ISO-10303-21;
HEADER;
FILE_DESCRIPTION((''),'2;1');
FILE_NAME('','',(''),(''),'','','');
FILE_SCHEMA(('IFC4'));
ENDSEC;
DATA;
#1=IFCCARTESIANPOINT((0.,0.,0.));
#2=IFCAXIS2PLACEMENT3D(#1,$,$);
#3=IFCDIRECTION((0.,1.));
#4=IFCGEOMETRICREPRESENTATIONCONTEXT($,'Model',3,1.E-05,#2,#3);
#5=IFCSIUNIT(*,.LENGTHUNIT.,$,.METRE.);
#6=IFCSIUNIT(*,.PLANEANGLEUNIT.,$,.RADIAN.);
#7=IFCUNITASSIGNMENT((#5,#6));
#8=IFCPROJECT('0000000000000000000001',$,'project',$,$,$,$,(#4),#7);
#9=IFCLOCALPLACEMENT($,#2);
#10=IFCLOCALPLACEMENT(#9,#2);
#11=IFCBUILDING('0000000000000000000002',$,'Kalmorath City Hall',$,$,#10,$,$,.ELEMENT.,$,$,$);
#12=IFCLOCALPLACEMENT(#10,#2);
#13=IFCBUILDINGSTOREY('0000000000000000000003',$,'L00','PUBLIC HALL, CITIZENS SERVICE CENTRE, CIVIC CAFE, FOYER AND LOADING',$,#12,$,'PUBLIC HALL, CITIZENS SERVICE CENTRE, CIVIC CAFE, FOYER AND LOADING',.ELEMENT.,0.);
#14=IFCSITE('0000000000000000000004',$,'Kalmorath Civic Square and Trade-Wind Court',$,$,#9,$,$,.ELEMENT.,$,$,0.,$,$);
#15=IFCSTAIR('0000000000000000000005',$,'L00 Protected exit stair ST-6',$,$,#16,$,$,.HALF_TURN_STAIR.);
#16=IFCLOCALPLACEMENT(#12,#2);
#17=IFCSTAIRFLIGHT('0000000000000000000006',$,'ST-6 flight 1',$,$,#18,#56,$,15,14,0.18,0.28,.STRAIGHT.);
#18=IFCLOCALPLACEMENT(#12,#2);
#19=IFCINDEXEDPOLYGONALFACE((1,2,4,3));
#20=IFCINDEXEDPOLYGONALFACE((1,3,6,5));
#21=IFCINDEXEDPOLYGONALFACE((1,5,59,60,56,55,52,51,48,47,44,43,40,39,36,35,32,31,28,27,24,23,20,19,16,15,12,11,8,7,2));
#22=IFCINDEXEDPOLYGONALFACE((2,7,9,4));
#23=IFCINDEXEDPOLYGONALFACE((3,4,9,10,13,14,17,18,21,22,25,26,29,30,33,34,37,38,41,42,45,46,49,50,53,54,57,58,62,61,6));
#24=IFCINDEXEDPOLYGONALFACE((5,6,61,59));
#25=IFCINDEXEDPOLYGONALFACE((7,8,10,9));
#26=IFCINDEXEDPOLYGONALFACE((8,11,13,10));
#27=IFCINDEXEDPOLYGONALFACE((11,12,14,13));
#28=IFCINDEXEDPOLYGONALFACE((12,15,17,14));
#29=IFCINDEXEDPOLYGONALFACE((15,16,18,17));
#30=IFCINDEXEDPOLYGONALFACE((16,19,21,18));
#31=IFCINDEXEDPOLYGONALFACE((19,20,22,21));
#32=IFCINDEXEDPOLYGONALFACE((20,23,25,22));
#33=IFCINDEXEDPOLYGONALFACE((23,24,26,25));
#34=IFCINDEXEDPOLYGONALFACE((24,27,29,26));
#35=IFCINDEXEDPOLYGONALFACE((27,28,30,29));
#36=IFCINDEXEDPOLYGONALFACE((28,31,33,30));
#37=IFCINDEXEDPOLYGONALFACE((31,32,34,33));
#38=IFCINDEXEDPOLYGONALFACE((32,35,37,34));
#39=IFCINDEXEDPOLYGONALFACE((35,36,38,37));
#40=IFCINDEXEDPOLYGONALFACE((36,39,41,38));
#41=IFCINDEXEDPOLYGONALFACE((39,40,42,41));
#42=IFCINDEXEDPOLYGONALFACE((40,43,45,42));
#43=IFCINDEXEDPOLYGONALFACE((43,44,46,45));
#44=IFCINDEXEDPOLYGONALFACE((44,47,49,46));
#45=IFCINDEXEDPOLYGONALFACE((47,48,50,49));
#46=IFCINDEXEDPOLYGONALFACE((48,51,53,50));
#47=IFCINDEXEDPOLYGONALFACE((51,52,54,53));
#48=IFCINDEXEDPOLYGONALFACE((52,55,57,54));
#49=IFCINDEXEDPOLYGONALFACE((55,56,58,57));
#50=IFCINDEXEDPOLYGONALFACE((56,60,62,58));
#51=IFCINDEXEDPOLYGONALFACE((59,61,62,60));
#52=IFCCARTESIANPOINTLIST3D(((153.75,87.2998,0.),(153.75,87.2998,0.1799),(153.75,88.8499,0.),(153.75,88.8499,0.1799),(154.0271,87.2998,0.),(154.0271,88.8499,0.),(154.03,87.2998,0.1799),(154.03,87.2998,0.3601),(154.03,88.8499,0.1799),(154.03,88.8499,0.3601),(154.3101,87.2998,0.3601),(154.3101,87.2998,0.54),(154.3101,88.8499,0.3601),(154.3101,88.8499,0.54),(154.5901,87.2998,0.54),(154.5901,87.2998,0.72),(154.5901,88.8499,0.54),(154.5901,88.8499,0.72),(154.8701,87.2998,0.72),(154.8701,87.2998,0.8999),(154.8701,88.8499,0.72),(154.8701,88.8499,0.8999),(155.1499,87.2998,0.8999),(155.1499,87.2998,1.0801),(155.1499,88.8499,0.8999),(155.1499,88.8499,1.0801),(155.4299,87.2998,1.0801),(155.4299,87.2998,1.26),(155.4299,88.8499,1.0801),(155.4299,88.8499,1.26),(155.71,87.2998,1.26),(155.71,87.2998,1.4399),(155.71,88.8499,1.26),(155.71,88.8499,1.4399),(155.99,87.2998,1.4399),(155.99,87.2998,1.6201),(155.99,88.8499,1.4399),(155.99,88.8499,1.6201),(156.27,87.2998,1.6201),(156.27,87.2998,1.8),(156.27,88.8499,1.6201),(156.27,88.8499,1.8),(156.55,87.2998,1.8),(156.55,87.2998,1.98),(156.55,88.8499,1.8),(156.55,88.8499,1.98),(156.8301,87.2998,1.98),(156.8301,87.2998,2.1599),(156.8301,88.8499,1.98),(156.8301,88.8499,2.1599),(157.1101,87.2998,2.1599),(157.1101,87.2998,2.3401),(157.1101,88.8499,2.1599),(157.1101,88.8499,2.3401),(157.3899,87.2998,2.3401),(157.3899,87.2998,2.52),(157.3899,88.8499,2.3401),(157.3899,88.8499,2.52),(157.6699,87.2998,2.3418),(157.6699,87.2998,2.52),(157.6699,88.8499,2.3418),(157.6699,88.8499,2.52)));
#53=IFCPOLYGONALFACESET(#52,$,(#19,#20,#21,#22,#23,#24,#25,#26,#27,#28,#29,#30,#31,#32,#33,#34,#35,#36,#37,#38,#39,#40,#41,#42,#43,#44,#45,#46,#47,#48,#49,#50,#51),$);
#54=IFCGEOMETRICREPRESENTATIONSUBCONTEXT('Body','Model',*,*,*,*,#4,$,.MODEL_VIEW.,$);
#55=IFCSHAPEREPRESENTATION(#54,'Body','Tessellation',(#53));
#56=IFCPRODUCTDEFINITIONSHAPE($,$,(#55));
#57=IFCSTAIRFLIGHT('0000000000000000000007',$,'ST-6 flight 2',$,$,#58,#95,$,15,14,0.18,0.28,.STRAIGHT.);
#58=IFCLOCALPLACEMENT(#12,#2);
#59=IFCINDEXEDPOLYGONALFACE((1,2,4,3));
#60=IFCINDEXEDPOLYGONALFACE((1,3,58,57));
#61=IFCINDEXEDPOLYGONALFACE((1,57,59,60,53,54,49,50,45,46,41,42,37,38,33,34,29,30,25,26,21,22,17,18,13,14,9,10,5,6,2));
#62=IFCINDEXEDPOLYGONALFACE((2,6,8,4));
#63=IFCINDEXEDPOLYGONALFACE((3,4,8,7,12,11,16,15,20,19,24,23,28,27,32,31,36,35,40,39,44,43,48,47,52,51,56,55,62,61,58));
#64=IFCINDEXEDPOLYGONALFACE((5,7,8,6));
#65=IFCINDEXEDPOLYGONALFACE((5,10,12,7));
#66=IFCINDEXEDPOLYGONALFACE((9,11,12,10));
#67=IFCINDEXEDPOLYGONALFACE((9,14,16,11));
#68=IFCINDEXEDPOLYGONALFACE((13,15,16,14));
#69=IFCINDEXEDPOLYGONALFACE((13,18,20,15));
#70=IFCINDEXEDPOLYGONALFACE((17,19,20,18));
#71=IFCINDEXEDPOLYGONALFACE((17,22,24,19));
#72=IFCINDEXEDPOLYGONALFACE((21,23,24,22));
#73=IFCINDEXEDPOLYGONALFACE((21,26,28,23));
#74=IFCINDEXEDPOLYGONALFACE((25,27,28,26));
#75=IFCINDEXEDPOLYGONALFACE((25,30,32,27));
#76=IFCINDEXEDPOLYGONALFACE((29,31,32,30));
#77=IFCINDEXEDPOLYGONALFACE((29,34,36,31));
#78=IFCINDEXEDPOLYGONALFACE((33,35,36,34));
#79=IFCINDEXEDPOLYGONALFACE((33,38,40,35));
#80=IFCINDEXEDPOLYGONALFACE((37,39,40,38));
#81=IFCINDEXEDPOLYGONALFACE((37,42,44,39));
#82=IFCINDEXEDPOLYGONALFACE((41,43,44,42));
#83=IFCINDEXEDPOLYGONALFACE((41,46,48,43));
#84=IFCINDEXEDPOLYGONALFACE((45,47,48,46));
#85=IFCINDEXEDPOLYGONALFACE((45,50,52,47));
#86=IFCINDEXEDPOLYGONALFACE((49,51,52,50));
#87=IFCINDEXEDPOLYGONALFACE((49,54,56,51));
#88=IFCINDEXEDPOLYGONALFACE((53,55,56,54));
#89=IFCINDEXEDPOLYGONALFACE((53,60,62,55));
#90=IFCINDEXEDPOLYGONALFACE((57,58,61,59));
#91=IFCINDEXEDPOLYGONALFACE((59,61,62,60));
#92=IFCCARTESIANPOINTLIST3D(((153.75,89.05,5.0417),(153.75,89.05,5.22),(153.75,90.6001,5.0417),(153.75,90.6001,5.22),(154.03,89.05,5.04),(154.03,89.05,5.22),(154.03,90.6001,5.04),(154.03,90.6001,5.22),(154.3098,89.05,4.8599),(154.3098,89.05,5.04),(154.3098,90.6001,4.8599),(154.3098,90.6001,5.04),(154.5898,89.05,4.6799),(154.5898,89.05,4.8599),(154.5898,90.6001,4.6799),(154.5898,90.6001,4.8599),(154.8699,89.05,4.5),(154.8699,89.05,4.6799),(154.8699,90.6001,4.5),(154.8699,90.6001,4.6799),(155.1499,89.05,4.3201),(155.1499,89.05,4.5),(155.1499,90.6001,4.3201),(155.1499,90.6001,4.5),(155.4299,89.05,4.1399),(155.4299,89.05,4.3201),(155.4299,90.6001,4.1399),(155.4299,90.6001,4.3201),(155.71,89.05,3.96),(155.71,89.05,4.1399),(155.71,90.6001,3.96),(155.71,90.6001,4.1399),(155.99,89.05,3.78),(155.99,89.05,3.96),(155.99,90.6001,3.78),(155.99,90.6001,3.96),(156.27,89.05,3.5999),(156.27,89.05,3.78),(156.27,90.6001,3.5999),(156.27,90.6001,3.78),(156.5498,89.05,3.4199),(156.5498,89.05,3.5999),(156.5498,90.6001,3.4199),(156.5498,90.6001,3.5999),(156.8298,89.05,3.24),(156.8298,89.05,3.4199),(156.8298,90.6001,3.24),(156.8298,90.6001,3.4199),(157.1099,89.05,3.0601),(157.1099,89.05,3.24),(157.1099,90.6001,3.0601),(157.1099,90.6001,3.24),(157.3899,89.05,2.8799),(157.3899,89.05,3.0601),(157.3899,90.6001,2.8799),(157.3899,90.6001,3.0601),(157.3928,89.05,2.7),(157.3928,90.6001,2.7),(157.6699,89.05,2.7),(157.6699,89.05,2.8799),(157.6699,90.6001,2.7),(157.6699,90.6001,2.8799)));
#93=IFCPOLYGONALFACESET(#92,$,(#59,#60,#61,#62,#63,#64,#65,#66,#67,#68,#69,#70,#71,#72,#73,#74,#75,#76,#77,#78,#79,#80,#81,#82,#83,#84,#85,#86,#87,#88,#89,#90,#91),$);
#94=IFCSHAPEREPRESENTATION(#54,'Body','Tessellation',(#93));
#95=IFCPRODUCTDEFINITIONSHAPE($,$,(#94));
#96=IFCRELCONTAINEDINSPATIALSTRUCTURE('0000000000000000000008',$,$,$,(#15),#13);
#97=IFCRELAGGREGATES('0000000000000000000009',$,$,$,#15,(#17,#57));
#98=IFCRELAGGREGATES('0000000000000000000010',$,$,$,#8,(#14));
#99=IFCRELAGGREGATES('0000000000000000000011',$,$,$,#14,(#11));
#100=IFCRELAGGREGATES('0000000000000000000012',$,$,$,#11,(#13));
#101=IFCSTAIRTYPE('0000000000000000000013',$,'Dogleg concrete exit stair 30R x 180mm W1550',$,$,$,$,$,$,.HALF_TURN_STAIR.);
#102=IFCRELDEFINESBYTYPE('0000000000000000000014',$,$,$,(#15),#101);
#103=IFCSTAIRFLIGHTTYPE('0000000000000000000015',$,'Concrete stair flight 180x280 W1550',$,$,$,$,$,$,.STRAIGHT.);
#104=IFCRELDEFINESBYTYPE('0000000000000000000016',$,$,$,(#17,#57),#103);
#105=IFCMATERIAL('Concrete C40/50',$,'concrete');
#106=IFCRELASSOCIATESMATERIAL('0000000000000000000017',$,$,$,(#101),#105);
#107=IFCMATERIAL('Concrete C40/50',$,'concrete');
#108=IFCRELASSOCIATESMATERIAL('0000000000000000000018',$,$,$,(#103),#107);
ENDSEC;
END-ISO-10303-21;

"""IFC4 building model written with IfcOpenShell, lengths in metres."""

from ifc_helpers import new_model, si_unit, direction, frame, origin, place, context, subcontext, project, spatial, polyline, outline, extrude, material, type_object, element, aggregate, save


model = new_model("IFC4")

# Units and contexts
model_context = context("Model", 3, precision=1e-05, world=origin(), true_north=direction((0.0, 1.0)))
body_context = subcontext(model_context, "Body", "Model", "MODEL_VIEW")
ifc_project = project(units=[si_unit("LENGTHUNIT", "METRE"), si_unit("PLANEANGLEUNIT", "RADIAN")], contexts=[model_context])

# Site, building, storey
site_placement = place(None, origin())
site = spatial("IfcSite", under=ifc_project, at=site_placement, Name="Kalmorath Civic Square and Trade-Wind Court", CompositionType="ELEMENT", RefElevation=0.0)
building_placement = place(site_placement, origin())
building = spatial("IfcBuilding", under=site, at=building_placement, Name="Kalmorath City Hall", CompositionType="ELEMENT")
storey_placement = place(building_placement, origin())
storey = spatial("IfcBuildingStorey", under=building, at=storey_placement, Name="L00", Description="PUBLIC HALL, CITIZENS SERVICE CENTRE, CIVIC CAFE, FOYER AND LOADING", LongName="PUBLIC HALL, CITIZENS SERVICE CENTRE, CIVIC CAFE, FOYER AND LOADING", CompositionType="ELEMENT", Elevation=0.0)

# Stair, stair flights
ifc_material_1 = material(Name="Concrete C40/50", Category="concrete")
stair_type = type_object("IfcStairType", Name="Dogleg concrete exit stair 30R x 180mm W1550", PredefinedType="HALF_TURN_STAIR", material=ifc_material_1)
stair_placement = place(storey_placement, origin())
stair = element("IfcStair", 1, at=stair_placement, inside=storey, type_object=stair_type, Name="L00 Protected exit stair ST-6", PredefinedType="HALF_TURN_STAIR")
ifc_material_2 = material(Name="Concrete C40/50", Category="concrete")
stair_flight_type = type_object("IfcStairFlightType", Name="Concrete stair flight 180x280 W1550", PredefinedType="STRAIGHT", material=ifc_material_2)
stair_flight_1_placement = place(storey_placement, frame((153.75, 88.075, 0.0), z_axis=(0.0, 0.0, 1.0), x_axis=(1.0, 0.0, 0.0)))
stair_flight_1 = element("IfcStairFlight", 2, at=stair_flight_1_placement, type_object=stair_flight_type, Name="ST-6 flight 1", NumberOfRisers=15, NumberOfTreads=14, PredefinedType="STRAIGHT", RiserHeight=0.18, TreadLength=0.28, context=body_context, shape_type="SweptSolid", body=[
    extrude(outline(polyline([(0.0, 0.0), (0.0, 0.1799), (0.28, 0.1799), (0.28, 0.3601), (0.5601, 0.3601), (0.5601, 0.54), (0.8401, 0.54), (0.8401, 0.72), (1.1201, 0.72), (1.1201, 0.8999), (1.3999, 0.8999), (1.3999, 1.0801), (1.6799, 1.0801), (1.6799, 1.26), (1.96, 1.26), (1.96, 1.4399), (2.24, 1.4399), (2.24, 1.6201), (2.52, 1.6201), (2.52, 1.8), (2.8, 1.8), (2.8, 1.98), (3.0801, 1.98), (3.0801, 2.1599), (3.3601, 2.1599), (3.3601, 2.3401), (3.6399, 2.3401), (3.6399, 2.52), (3.9199, 2.52), (3.9199, 2.7), (3.9199, 2.3418), (0.2771, 0.0), (0.0, 0.0)])), frame((0.0, 0.7749, 0.0), z_axis=(0.0, -1.0, 0.0), x_axis=(1.0, 0.0, 0.0)), (0.0, 0.0, 1.0), 1.55),
])
stair_flight_2_placement = place(storey_placement, frame((157.6699, 89.825, 2.7), z_axis=(0.0, 0.0, 1.0), x_axis=(-1.0, 0.0, 0.0)))
stair_flight_2 = element("IfcStairFlight", 3, at=stair_flight_2_placement, type_object=stair_flight_type, Name="ST-6 flight 2", NumberOfRisers=15, NumberOfTreads=14, PredefinedType="STRAIGHT", RiserHeight=0.18, TreadLength=0.28, context=body_context, shape_type="SweptSolid", body=[
    extrude(outline(polyline([(0.0, 0.0), (0.0, 0.1799), (0.28, 0.1799), (0.28, 0.3601), (0.5601, 0.3601), (0.5601, 0.54), (0.8401, 0.54), (0.8401, 0.72), (1.1201, 0.72), (1.1201, 0.8999), (1.3999, 0.8999), (1.3999, 1.0801), (1.6799, 1.0801), (1.6799, 1.26), (1.96, 1.26), (1.96, 1.4399), (2.24, 1.4399), (2.24, 1.6201), (2.52, 1.6201), (2.52, 1.8), (2.8, 1.8), (2.8, 1.98), (3.0801, 1.98), (3.0801, 2.1599), (3.3601, 2.1599), (3.3601, 2.3401), (3.6399, 2.3401), (3.6399, 2.52), (3.9199, 2.52), (3.9199, 2.7), (3.9199, 2.3418), (0.2771, 0.0), (0.0, 0.0)])), frame((0.0, 0.7749, 0.0), z_axis=(0.0, -1.0, 0.0), x_axis=(1.0, 0.0, 0.0)), (0.0, 0.0, 1.0), 1.55),
])
aggregate(stair, [stair_flight_1, stair_flight_2])

save(model, "model.ifc")
